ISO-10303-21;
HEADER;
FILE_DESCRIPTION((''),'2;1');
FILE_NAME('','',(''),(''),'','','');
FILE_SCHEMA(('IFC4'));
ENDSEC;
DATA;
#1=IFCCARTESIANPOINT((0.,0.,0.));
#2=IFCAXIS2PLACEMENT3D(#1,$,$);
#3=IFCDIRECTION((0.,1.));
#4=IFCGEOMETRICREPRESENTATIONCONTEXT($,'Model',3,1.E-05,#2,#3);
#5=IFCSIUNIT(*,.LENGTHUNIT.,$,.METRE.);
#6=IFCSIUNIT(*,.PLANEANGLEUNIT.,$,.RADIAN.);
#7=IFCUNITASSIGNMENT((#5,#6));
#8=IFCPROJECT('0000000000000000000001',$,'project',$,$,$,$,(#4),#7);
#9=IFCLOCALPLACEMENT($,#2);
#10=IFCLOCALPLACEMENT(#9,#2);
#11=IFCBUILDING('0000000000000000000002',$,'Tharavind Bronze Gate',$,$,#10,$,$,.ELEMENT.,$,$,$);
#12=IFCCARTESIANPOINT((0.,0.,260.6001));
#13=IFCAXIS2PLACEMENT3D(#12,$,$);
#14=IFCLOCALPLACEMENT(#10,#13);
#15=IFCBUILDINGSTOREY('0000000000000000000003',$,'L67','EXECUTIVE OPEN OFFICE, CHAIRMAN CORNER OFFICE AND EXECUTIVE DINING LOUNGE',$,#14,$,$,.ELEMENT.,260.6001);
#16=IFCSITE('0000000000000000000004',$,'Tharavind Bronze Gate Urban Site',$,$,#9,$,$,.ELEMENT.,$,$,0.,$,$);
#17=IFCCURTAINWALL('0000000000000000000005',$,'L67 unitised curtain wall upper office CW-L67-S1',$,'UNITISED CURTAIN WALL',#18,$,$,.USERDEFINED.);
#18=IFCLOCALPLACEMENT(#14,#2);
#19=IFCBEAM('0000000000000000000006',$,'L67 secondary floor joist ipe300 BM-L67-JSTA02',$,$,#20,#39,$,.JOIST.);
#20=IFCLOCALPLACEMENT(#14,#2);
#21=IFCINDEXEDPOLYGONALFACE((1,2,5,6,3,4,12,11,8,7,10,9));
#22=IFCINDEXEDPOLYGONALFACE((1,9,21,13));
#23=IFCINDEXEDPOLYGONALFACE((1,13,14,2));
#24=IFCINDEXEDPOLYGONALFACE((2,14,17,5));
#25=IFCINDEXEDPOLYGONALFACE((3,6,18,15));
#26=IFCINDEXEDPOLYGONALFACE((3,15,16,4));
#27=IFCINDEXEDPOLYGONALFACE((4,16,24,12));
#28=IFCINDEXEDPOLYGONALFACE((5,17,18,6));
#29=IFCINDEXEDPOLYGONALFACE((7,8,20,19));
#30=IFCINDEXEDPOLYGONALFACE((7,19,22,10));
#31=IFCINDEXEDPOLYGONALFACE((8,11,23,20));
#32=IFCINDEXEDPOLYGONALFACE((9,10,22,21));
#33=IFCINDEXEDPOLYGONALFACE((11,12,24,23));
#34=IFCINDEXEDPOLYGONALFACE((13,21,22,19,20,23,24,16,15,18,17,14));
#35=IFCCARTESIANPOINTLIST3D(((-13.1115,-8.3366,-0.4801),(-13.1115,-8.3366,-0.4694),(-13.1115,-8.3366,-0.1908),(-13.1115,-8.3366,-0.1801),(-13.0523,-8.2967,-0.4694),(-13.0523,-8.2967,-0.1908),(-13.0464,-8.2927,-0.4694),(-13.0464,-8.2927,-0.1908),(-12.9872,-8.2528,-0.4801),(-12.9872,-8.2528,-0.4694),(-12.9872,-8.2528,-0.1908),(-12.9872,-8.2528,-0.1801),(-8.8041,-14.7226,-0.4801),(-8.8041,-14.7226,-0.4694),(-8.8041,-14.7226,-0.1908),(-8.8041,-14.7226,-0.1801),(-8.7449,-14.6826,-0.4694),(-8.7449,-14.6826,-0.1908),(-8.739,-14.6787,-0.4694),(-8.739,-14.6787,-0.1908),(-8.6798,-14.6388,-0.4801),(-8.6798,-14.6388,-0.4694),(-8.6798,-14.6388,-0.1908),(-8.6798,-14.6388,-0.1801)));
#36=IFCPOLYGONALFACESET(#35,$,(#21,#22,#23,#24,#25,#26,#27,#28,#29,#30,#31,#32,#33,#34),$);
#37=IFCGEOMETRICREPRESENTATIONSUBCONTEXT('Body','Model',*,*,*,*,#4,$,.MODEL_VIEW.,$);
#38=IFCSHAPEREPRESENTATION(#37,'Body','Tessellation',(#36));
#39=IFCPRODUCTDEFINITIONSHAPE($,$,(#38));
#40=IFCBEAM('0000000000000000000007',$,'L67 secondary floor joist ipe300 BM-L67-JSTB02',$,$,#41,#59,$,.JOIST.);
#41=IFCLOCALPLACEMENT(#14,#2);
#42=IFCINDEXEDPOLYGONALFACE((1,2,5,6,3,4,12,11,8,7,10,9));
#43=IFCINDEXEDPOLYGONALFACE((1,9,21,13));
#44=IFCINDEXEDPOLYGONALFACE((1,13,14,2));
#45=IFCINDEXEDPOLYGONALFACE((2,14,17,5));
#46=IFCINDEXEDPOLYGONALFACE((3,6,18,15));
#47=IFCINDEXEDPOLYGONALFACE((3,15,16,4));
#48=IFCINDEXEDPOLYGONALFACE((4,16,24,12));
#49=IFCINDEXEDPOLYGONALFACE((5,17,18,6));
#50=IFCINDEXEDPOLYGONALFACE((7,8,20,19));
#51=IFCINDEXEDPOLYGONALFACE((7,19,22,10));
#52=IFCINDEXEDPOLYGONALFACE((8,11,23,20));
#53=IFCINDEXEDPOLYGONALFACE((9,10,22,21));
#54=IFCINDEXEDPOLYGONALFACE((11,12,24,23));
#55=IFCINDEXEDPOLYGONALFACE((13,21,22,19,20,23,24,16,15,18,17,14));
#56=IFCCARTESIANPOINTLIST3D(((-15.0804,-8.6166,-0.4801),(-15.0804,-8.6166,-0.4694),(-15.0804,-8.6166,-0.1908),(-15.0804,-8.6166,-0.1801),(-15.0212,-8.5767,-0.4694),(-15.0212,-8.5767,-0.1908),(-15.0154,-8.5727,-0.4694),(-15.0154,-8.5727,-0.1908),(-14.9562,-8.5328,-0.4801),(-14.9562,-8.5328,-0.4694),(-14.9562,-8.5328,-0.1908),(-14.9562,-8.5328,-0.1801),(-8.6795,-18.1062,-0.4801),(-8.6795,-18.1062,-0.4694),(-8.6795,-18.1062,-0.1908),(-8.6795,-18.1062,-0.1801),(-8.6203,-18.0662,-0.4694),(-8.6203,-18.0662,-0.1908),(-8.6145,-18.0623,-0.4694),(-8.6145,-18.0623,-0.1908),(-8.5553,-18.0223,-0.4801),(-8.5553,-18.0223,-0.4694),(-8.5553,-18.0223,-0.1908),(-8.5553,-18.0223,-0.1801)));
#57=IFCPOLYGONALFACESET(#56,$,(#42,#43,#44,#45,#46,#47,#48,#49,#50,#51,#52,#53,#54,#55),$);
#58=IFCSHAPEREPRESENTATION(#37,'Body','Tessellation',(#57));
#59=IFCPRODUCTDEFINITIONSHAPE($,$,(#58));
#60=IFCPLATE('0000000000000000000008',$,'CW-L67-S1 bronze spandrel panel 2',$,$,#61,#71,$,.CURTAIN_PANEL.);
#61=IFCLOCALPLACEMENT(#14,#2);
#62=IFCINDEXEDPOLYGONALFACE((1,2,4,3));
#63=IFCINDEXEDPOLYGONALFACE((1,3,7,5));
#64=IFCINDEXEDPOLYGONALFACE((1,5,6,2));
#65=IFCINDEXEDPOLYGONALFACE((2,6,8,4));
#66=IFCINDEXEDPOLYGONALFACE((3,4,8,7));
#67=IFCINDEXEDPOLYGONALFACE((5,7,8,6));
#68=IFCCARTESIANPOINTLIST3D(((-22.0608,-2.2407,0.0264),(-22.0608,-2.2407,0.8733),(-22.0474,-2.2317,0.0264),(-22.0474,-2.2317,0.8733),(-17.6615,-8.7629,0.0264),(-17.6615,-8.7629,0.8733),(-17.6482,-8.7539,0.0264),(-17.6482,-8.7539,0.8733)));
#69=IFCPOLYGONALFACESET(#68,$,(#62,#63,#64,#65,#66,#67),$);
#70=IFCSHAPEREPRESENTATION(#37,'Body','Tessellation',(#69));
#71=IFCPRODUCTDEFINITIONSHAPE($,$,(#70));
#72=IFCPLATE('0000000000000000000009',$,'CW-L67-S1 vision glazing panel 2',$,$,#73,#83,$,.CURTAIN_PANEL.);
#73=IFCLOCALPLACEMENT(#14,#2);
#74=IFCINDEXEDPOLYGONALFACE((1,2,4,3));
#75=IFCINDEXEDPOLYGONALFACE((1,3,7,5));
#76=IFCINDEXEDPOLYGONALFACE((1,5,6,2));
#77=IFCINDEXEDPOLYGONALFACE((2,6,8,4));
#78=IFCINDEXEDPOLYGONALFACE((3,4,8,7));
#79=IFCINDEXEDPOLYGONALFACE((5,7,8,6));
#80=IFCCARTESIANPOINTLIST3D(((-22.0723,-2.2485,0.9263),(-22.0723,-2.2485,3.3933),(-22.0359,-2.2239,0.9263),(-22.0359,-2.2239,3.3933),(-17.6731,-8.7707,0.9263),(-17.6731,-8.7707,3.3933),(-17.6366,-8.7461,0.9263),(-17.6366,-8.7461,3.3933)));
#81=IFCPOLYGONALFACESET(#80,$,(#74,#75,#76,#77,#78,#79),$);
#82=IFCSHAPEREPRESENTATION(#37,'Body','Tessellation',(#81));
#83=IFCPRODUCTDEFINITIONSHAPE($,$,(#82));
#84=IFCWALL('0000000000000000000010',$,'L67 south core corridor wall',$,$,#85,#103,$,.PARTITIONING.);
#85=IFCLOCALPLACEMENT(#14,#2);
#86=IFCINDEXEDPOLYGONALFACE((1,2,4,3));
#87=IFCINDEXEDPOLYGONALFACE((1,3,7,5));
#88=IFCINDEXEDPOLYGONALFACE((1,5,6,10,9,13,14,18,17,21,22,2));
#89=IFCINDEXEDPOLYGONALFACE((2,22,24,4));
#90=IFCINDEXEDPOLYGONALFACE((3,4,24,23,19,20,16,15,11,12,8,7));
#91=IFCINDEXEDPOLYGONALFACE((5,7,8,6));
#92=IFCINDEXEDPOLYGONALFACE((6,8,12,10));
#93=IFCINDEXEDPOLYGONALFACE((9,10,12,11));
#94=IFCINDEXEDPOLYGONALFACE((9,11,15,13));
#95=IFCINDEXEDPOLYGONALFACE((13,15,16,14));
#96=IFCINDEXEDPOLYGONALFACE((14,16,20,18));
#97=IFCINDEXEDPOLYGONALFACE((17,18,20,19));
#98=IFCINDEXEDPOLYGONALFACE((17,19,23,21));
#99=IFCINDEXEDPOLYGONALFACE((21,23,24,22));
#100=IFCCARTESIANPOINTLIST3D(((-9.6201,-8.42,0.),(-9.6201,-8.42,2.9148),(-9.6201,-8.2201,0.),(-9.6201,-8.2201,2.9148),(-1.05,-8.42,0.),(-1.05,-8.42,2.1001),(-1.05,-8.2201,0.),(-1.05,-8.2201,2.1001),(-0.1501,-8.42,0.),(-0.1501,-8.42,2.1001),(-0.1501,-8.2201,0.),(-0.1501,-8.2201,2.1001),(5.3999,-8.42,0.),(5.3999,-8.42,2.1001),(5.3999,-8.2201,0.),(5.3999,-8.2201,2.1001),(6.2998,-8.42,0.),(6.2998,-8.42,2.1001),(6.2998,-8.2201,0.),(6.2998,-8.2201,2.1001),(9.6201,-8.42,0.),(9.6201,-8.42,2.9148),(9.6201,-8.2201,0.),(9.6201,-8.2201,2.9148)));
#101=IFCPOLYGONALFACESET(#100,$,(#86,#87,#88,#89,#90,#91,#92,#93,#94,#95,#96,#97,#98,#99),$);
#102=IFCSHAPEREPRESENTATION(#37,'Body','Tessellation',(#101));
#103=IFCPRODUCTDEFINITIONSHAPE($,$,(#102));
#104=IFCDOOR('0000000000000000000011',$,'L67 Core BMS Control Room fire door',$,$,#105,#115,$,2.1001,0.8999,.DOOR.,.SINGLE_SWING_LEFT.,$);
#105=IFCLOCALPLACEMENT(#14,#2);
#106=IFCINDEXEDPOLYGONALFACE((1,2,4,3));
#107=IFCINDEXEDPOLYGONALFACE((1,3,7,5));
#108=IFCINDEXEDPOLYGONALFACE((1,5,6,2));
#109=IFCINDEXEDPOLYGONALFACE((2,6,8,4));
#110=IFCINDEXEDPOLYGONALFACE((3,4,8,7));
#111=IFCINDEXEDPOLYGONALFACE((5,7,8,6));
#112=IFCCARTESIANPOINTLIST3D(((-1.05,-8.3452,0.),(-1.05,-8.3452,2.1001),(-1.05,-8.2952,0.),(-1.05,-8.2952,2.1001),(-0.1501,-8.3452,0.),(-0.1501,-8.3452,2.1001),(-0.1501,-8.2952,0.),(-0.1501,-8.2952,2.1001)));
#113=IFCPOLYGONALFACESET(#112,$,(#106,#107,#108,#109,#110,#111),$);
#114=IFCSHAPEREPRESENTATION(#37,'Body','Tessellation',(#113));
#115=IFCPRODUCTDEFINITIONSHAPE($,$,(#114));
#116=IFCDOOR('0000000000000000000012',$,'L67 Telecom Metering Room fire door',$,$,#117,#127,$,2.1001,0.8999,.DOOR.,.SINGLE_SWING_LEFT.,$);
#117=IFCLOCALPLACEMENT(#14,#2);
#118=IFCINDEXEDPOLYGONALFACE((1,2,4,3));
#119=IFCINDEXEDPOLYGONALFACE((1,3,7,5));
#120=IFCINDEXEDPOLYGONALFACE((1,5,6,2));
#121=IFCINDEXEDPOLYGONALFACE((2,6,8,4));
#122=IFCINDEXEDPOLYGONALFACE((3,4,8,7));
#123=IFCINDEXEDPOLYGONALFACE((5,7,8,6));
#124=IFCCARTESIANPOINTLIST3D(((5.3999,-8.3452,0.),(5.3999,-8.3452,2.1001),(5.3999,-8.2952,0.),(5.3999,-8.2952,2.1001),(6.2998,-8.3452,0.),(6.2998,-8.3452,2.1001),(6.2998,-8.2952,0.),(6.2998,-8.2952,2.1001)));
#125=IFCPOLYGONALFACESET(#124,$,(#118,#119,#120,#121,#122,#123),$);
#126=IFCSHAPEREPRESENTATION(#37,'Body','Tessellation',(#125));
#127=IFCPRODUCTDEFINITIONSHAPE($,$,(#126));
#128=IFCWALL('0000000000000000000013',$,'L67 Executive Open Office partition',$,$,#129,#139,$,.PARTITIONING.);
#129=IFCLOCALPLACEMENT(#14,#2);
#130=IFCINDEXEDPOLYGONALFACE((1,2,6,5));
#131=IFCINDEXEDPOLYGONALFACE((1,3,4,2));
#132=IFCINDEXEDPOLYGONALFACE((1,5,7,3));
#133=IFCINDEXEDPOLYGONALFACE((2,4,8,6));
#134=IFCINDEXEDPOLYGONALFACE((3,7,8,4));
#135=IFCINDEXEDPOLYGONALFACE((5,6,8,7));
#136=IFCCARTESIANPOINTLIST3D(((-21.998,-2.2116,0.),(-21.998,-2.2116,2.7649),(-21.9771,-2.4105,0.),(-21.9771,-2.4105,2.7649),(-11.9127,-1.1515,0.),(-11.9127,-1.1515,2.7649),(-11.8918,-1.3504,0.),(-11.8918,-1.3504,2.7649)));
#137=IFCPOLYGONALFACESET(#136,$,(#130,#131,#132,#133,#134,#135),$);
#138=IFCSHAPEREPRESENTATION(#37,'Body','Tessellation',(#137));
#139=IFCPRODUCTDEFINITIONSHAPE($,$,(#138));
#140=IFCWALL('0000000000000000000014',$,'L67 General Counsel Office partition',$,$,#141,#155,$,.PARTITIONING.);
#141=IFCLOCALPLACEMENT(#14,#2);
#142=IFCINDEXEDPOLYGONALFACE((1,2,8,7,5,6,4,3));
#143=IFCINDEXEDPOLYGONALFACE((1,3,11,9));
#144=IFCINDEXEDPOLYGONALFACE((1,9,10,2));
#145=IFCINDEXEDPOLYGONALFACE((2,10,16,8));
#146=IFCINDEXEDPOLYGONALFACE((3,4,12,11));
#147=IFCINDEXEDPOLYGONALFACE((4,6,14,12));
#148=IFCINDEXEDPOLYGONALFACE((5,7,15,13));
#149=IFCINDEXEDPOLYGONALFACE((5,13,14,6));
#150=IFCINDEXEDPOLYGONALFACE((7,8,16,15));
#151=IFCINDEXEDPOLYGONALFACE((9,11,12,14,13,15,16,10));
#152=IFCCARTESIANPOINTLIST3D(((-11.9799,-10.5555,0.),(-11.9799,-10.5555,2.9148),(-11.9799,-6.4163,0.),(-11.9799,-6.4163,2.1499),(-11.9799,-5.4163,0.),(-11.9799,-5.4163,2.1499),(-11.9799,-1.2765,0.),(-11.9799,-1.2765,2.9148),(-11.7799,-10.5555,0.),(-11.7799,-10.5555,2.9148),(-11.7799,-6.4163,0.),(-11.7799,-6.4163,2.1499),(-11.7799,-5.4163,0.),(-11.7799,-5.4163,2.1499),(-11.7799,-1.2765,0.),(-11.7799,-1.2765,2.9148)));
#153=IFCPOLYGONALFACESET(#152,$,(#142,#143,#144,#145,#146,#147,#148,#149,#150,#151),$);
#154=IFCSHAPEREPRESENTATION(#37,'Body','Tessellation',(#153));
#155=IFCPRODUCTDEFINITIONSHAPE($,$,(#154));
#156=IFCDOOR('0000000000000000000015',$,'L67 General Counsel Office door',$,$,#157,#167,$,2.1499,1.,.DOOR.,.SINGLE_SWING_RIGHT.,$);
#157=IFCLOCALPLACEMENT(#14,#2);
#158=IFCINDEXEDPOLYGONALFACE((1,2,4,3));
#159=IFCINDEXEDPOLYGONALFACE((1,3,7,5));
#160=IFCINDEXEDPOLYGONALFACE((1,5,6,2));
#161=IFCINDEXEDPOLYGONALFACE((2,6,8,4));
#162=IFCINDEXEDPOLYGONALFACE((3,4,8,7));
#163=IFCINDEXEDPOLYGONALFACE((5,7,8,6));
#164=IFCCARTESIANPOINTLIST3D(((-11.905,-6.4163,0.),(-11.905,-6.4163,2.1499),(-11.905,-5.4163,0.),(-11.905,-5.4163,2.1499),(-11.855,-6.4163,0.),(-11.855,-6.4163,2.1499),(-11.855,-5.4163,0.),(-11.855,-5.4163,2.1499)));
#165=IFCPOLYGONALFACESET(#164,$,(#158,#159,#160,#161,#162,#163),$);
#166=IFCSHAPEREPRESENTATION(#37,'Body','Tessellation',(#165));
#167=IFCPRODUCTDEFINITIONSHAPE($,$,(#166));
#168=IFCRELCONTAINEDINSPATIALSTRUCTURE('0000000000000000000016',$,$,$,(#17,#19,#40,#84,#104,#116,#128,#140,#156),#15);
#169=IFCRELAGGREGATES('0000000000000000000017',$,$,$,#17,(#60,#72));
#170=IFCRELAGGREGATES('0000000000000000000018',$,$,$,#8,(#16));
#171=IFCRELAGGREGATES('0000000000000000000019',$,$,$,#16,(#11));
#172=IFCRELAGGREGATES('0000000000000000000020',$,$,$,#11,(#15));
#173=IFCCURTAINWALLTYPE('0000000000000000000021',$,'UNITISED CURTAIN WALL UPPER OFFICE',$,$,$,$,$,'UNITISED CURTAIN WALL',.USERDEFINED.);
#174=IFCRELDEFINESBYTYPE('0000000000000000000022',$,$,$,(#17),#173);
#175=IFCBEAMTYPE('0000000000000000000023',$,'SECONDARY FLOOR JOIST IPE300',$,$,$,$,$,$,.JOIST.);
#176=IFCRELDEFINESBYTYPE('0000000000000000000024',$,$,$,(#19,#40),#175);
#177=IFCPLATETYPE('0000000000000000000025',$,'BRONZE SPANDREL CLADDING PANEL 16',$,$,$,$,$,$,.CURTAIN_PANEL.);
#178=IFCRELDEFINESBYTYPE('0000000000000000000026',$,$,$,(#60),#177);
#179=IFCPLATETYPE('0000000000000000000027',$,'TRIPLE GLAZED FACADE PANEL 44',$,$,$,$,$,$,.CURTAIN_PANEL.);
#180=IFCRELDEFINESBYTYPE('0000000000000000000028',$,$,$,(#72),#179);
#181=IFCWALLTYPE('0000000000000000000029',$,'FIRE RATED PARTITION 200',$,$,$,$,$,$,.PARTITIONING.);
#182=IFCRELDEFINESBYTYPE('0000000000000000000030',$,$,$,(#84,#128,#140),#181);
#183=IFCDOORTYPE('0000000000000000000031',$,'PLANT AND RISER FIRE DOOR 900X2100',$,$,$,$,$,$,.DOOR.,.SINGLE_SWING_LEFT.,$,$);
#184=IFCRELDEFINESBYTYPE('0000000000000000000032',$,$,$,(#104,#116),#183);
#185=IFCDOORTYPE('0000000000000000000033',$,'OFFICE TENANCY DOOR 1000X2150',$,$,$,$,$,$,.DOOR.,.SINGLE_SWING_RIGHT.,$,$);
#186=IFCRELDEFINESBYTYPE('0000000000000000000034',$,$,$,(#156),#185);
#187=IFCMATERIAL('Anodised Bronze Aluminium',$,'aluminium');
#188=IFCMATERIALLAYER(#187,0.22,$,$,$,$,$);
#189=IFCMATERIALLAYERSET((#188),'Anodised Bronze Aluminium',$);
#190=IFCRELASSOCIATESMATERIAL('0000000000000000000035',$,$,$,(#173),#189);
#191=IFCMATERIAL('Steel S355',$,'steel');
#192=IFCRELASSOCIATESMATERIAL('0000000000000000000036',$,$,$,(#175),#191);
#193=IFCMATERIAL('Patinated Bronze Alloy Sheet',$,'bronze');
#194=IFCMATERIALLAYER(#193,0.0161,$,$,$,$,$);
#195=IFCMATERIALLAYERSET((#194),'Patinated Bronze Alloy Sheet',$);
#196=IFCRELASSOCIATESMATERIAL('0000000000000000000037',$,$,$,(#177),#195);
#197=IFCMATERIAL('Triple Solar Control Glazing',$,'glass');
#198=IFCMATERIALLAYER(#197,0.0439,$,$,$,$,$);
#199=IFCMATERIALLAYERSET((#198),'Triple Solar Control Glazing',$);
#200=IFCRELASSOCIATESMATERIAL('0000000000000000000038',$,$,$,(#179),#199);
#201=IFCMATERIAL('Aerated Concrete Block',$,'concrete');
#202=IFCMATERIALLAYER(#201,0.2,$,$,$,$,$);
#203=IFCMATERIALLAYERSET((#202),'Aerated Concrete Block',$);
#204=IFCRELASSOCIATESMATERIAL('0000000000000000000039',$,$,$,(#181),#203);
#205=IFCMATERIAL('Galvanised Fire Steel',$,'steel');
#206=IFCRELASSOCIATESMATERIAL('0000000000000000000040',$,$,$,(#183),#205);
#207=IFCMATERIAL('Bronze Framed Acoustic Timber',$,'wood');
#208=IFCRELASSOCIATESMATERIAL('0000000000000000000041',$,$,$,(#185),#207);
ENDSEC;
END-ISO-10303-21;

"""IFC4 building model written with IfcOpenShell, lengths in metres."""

from ifc_helpers import new_model, si_unit, direction, frame, frame_2d, origin, origin_2d, place, context, subcontext, project, spatial, rectangle, i_section, extrude, material, layer, layer_set, material_profile, profile_set, type_object, element, fill, aggregate, save


model = new_model("IFC4")

# Units and contexts
model_context = context("Model", 3, precision=1e-05, world=origin(), true_north=direction((0.0, 1.0)))
body_context = subcontext(model_context, "Body", "Model", "MODEL_VIEW")
ifc_project = project(units=[si_unit("LENGTHUNIT", "METRE"), si_unit("PLANEANGLEUNIT", "RADIAN")], contexts=[model_context])

# Site, building, storey
site_placement = place(None, origin())
site = spatial("IfcSite", under=ifc_project, at=site_placement, Name="Tharavind Bronze Gate Urban Site", CompositionType="ELEMENT", RefElevation=0.0)
building_placement = place(site_placement, origin())
building = spatial("IfcBuilding", under=site, at=building_placement, Name="Tharavind Bronze Gate", CompositionType="ELEMENT")
storey_placement = place(building_placement, frame((0.0, 0.0, 260.6001)))
storey = spatial("IfcBuildingStorey", under=building, at=storey_placement, Name="L67", Description="EXECUTIVE OPEN OFFICE, CHAIRMAN CORNER OFFICE AND EXECUTIVE DINING LOUNGE", CompositionType="ELEMENT", Elevation=260.6001)

# Curtain wall
ifc_material_1 = material(Name="Anodised Bronze Aluminium", Category="aluminium")
ifc_layer_1 = layer(ifc_material_1, 0.22)
ifc_layer_set_1 = layer_set([ifc_layer_1], Name="Anodised Bronze Aluminium")
curtain_wall_type = type_object("IfcCurtainWallType", Name="UNITISED CURTAIN WALL UPPER OFFICE", ElementType="UNITISED CURTAIN WALL", PredefinedType="USERDEFINED", material=ifc_layer_set_1)
curtain_wall_placement = place(storey_placement, origin())
curtain_wall = element("IfcCurtainWall", 1, at=curtain_wall_placement, inside=storey, type_object=curtain_wall_type, Name="L67 unitised curtain wall upper office CW-L67-S1", ObjectType="UNITISED CURTAIN WALL", PredefinedType="USERDEFINED")

# Beams
ifc_material_2 = material(Name="Steel S355", Category="steel")
ifc_material_profile_1 = material_profile(ifc_material_2, i_section(OverallWidth=0.1499, OverallDepth=0.3, WebThickness=0.0071, FlangeThickness=0.0107, at=origin_2d()), Name="IPE300")
ifc_profile_set_1 = profile_set([ifc_material_profile_1], Name="Steel S355")
beam_type_1 = type_object("IfcBeamType", Name="SECONDARY FLOOR JOIST IPE300", PredefinedType="JOIST", material=ifc_profile_set_1)
beam_1_placement = place(storey_placement, frame((-13.0493, -8.2947, -0.3301), z_axis=(0.55919, -0.829039, 0.0), x_axis=(0.829039, 0.55919, 0.0)))
element("IfcBeam", 2, at=beam_1_placement, inside=storey, type_object=beam_type_1, Name="L67 secondary floor joist ipe300 BM-L67-JSTA02", PredefinedType="JOIST", context=body_context, shape_type="SweptSolid", body=[
    extrude(i_section(OverallWidth=0.1499, OverallDepth=0.3, WebThickness=0.0071, FlangeThickness=0.0107, at=origin_2d()), origin(), (0.0, 0.0, 1.0), 7.7029),
])
beam_2_placement = place(storey_placement, frame((-15.0183, -8.5747, -0.3301), z_axis=(0.559201, -0.829032, 0.0), x_axis=(0.829032, 0.559201, 0.0)))
element("IfcBeam", 3, at=beam_2_placement, inside=storey, type_object=beam_type_1, Name="L67 secondary floor joist ipe300 BM-L67-JSTB02", PredefinedType="JOIST", context=body_context, shape_type="SweptSolid", body=[
    extrude(i_section(OverallWidth=0.1499, OverallDepth=0.3, WebThickness=0.0071, FlangeThickness=0.0107, at=origin_2d()), origin(), (0.0, 0.0, 1.0), 11.4465),
])

# Plates
ifc_material_3 = material(Name="Patinated Bronze Alloy Sheet", Category="bronze")
ifc_layer_2 = layer(ifc_material_3, 0.0161)
ifc_layer_set_2 = layer_set([ifc_layer_2], Name="Patinated Bronze Alloy Sheet")
plate_type_1 = type_object("IfcPlateType", Name="BRONZE SPANDREL CLADDING PANEL 16", PredefinedType="CURTAIN_PANEL", material=ifc_layer_set_2)
plate_1_placement = place(storey_placement, frame((-19.8545, -5.4973, 0.0264), z_axis=(0.0, 0.0, 1.0), x_axis=(0.559191, -0.829039, 0.0)))
plate_1 = element("IfcPlate", 4, at=plate_1_placement, type_object=plate_type_1, Name="CW-L67-S1 bronze spandrel panel 2", PredefinedType="CURTAIN_PANEL", context=body_context, shape_type="SweptSolid", body=[
    extrude(rectangle(XDim=7.8672, YDim=0.0161, at=origin_2d()), origin(), (0.0, 0.0, 1.0), 0.8469),
])
ifc_material_4 = material(Name="Triple Solar Control Glazing", Category="glass")
ifc_layer_3 = layer(ifc_material_4, 0.0439)
ifc_layer_set_3 = layer_set([ifc_layer_3], Name="Triple Solar Control Glazing")
plate_type_2 = type_object("IfcPlateType", Name="TRIPLE GLAZED FACADE PANEL 44", PredefinedType="CURTAIN_PANEL", material=ifc_layer_set_3)
plate_2_placement = place(storey_placement, frame((-19.8545, -5.4973, 0.9263), z_axis=(0.0, 0.0, 1.0), x_axis=(0.559191, -0.829039, 0.0)))
plate_2 = element("IfcPlate", 5, at=plate_2_placement, type_object=plate_type_2, Name="CW-L67-S1 vision glazing panel 2", PredefinedType="CURTAIN_PANEL", context=body_context, shape_type="SweptSolid", body=[
    extrude(rectangle(XDim=7.8672, YDim=0.0439, at=origin_2d()), origin(), (0.0, 0.0, 1.0), 2.467),
])
aggregate(curtain_wall, [plate_1, plate_2])

# Wall, openings, doors
ifc_material_5 = material(Name="Aerated Concrete Block", Category="concrete")
ifc_layer_4 = layer(ifc_material_5, 0.2)
ifc_layer_set_4 = layer_set([ifc_layer_4], Name="Aerated Concrete Block")
wall_type_1 = type_object("IfcWallType", Name="FIRE RATED PARTITION 200", PredefinedType="PARTITIONING", material=ifc_layer_set_4)
wall_1_placement = place(storey_placement, frame((-9.6201, -8.3201, 0.0), z_axis=(0.0, 0.0, 1.0), x_axis=(1.0, 0.0, 0.0)))
wall_1 = element("IfcWall", 6, at=wall_1_placement, inside=storey, type_object=wall_type_1, Name="L67 south core corridor wall", PredefinedType="PARTITIONING", context=body_context, shape_type="SweptSolid", body=[
    extrude(rectangle(XDim=19.2402, YDim=0.2, at=frame_2d((9.6201, 0.0))), origin(), (0.0, 0.0, 1.0), 2.9148),
])
opening_1_placement = place(wall_1_placement, frame((8.5701, 0.0, 0.0)))
opening_1 = element("IfcOpeningElement", 7, at=opening_1_placement, cuts=wall_1, PredefinedType="OPENING", context=body_context, shape_type="SweptSolid", body=[
    extrude(rectangle(XDim=0.8999, YDim=2.1001, at=frame_2d((0.45, 1.05))), frame((0.0, 0.1101, 0.0), z_axis=(0.0, -1.0, 0.0), x_axis=(1.0, 0.0, 0.0)), (0.0, 0.0, 1.0), 0.22),
])
opening_2_placement = place(wall_1_placement, frame((15.02, 0.0, 0.0)))
opening_2 = element("IfcOpeningElement", 8, at=opening_2_placement, cuts=wall_1, PredefinedType="OPENING", context=body_context, shape_type="SweptSolid", body=[
    extrude(rectangle(XDim=0.8999, YDim=2.1001, at=frame_2d((0.45, 1.05))), frame((0.0, 0.1101, 0.0), z_axis=(0.0, -1.0, 0.0), x_axis=(1.0, 0.0, 0.0)), (0.0, 0.0, 1.0), 0.22),
])
ifc_material_6 = material(Name="Galvanised Fire Steel", Category="steel")
door_type_1 = type_object("IfcDoorType", Name="PLANT AND RISER FIRE DOOR 900X2100", OperationType="SINGLE_SWING_LEFT", PredefinedType="DOOR", material=ifc_material_6)
door_1_placement = place(opening_1_placement, origin())
door_1 = element("IfcDoor", 9, at=door_1_placement, inside=storey, type_object=door_type_1, Name="L67 Core BMS Control Room fire door", OperationType="SINGLE_SWING_LEFT", OverallHeight=2.1001, OverallWidth=0.8999, PredefinedType="DOOR", context=body_context, shape_type="SweptSolid", body=[
    extrude(rectangle(XDim=0.8999, YDim=2.1001, at=frame_2d((0.45, 1.05))), frame((0.0, 0.0249, 0.0), z_axis=(0.0, -1.0, 0.0), x_axis=(1.0, 0.0, 0.0)), (0.0, 0.0, 1.0), 0.05),
])
fill(opening_1, door_1)
door_2_placement = place(opening_2_placement, origin())
door_2 = element("IfcDoor", 10, at=door_2_placement, inside=storey, type_object=door_type_1, Name="L67 Telecom Metering Room fire door", OperationType="SINGLE_SWING_LEFT", OverallHeight=2.1001, OverallWidth=0.8999, PredefinedType="DOOR", context=body_context, shape_type="SweptSolid", body=[
    extrude(rectangle(XDim=0.8999, YDim=2.1001, at=frame_2d((0.45, 1.05))), frame((0.0, 0.0249, 0.0), z_axis=(0.0, -1.0, 0.0), x_axis=(1.0, 0.0, 0.0)), (0.0, 0.0, 1.0), 0.05),
])
fill(opening_2, door_2)

# Wall
wall_2_placement = place(storey_placement, frame((-11.9023, -1.251, 0.0), z_axis=(0.0, 0.0, 1.0), x_axis=(-0.994521, -0.104534, 0.0)))
element("IfcWall", 11, at=wall_2_placement, inside=storey, type_object=wall_type_1, Name="L67 Executive Open Office partition", PredefinedType="PARTITIONING", context=body_context, shape_type="SweptSolid", body=[
    extrude(rectangle(XDim=10.1409, YDim=0.2, at=frame_2d((5.0703, 0.0))), origin(), (0.0, 0.0, 1.0), 2.7649),
])

# Wall, opening, door
wall_3_placement = place(storey_placement, frame((-11.8799, -1.2764, 0.0), z_axis=(0.0, 0.0, 1.0), x_axis=(0.0, -1.0, 0.0)))
wall_3 = element("IfcWall", 12, at=wall_3_placement, inside=storey, type_object=wall_type_1, Name="L67 General Counsel Office partition", PredefinedType="PARTITIONING", context=body_context, shape_type="SweptSolid", body=[
    extrude(rectangle(XDim=9.2791, YDim=0.2, at=frame_2d((4.6396, 0.0))), origin(), (0.0, 0.0, 1.0), 2.9148),
])
opening_3_placement = place(wall_3_placement, frame((4.1399, 0.0, 0.0)))
opening_3 = element("IfcOpeningElement", 13, at=opening_3_placement, cuts=wall_3, PredefinedType="OPENING", context=body_context, shape_type="SweptSolid", body=[
    extrude(rectangle(XDim=1.0, YDim=2.1499, at=frame_2d((0.5, 1.075))), frame((0.0, 0.1101, 0.0), z_axis=(0.0, -1.0, 0.0), x_axis=(1.0, 0.0, 0.0)), (0.0, 0.0, 1.0), 0.22),
])
ifc_material_7 = material(Name="Bronze Framed Acoustic Timber", Category="wood")
door_type_2 = type_object("IfcDoorType", Name="OFFICE TENANCY DOOR 1000X2150", OperationType="SINGLE_SWING_RIGHT", PredefinedType="DOOR", material=ifc_material_7)
door_3_placement = place(opening_3_placement, origin())
door_3 = element("IfcDoor", 14, at=door_3_placement, inside=storey, type_object=door_type_2, Name="L67 General Counsel Office door", OperationType="SINGLE_SWING_RIGHT", OverallHeight=2.1499, OverallWidth=1.0, PredefinedType="DOOR", context=body_context, shape_type="SweptSolid", body=[
    extrude(rectangle(XDim=1.0, YDim=2.1499, at=frame_2d((0.5, 1.075))), frame((0.0, 0.0249, 0.0), z_axis=(0.0, -1.0, 0.0), x_axis=(1.0, 0.0, 0.0)), (0.0, 0.0, 1.0), 0.05),
])
fill(opening_3, door_3)

save(model, "model.ifc")
